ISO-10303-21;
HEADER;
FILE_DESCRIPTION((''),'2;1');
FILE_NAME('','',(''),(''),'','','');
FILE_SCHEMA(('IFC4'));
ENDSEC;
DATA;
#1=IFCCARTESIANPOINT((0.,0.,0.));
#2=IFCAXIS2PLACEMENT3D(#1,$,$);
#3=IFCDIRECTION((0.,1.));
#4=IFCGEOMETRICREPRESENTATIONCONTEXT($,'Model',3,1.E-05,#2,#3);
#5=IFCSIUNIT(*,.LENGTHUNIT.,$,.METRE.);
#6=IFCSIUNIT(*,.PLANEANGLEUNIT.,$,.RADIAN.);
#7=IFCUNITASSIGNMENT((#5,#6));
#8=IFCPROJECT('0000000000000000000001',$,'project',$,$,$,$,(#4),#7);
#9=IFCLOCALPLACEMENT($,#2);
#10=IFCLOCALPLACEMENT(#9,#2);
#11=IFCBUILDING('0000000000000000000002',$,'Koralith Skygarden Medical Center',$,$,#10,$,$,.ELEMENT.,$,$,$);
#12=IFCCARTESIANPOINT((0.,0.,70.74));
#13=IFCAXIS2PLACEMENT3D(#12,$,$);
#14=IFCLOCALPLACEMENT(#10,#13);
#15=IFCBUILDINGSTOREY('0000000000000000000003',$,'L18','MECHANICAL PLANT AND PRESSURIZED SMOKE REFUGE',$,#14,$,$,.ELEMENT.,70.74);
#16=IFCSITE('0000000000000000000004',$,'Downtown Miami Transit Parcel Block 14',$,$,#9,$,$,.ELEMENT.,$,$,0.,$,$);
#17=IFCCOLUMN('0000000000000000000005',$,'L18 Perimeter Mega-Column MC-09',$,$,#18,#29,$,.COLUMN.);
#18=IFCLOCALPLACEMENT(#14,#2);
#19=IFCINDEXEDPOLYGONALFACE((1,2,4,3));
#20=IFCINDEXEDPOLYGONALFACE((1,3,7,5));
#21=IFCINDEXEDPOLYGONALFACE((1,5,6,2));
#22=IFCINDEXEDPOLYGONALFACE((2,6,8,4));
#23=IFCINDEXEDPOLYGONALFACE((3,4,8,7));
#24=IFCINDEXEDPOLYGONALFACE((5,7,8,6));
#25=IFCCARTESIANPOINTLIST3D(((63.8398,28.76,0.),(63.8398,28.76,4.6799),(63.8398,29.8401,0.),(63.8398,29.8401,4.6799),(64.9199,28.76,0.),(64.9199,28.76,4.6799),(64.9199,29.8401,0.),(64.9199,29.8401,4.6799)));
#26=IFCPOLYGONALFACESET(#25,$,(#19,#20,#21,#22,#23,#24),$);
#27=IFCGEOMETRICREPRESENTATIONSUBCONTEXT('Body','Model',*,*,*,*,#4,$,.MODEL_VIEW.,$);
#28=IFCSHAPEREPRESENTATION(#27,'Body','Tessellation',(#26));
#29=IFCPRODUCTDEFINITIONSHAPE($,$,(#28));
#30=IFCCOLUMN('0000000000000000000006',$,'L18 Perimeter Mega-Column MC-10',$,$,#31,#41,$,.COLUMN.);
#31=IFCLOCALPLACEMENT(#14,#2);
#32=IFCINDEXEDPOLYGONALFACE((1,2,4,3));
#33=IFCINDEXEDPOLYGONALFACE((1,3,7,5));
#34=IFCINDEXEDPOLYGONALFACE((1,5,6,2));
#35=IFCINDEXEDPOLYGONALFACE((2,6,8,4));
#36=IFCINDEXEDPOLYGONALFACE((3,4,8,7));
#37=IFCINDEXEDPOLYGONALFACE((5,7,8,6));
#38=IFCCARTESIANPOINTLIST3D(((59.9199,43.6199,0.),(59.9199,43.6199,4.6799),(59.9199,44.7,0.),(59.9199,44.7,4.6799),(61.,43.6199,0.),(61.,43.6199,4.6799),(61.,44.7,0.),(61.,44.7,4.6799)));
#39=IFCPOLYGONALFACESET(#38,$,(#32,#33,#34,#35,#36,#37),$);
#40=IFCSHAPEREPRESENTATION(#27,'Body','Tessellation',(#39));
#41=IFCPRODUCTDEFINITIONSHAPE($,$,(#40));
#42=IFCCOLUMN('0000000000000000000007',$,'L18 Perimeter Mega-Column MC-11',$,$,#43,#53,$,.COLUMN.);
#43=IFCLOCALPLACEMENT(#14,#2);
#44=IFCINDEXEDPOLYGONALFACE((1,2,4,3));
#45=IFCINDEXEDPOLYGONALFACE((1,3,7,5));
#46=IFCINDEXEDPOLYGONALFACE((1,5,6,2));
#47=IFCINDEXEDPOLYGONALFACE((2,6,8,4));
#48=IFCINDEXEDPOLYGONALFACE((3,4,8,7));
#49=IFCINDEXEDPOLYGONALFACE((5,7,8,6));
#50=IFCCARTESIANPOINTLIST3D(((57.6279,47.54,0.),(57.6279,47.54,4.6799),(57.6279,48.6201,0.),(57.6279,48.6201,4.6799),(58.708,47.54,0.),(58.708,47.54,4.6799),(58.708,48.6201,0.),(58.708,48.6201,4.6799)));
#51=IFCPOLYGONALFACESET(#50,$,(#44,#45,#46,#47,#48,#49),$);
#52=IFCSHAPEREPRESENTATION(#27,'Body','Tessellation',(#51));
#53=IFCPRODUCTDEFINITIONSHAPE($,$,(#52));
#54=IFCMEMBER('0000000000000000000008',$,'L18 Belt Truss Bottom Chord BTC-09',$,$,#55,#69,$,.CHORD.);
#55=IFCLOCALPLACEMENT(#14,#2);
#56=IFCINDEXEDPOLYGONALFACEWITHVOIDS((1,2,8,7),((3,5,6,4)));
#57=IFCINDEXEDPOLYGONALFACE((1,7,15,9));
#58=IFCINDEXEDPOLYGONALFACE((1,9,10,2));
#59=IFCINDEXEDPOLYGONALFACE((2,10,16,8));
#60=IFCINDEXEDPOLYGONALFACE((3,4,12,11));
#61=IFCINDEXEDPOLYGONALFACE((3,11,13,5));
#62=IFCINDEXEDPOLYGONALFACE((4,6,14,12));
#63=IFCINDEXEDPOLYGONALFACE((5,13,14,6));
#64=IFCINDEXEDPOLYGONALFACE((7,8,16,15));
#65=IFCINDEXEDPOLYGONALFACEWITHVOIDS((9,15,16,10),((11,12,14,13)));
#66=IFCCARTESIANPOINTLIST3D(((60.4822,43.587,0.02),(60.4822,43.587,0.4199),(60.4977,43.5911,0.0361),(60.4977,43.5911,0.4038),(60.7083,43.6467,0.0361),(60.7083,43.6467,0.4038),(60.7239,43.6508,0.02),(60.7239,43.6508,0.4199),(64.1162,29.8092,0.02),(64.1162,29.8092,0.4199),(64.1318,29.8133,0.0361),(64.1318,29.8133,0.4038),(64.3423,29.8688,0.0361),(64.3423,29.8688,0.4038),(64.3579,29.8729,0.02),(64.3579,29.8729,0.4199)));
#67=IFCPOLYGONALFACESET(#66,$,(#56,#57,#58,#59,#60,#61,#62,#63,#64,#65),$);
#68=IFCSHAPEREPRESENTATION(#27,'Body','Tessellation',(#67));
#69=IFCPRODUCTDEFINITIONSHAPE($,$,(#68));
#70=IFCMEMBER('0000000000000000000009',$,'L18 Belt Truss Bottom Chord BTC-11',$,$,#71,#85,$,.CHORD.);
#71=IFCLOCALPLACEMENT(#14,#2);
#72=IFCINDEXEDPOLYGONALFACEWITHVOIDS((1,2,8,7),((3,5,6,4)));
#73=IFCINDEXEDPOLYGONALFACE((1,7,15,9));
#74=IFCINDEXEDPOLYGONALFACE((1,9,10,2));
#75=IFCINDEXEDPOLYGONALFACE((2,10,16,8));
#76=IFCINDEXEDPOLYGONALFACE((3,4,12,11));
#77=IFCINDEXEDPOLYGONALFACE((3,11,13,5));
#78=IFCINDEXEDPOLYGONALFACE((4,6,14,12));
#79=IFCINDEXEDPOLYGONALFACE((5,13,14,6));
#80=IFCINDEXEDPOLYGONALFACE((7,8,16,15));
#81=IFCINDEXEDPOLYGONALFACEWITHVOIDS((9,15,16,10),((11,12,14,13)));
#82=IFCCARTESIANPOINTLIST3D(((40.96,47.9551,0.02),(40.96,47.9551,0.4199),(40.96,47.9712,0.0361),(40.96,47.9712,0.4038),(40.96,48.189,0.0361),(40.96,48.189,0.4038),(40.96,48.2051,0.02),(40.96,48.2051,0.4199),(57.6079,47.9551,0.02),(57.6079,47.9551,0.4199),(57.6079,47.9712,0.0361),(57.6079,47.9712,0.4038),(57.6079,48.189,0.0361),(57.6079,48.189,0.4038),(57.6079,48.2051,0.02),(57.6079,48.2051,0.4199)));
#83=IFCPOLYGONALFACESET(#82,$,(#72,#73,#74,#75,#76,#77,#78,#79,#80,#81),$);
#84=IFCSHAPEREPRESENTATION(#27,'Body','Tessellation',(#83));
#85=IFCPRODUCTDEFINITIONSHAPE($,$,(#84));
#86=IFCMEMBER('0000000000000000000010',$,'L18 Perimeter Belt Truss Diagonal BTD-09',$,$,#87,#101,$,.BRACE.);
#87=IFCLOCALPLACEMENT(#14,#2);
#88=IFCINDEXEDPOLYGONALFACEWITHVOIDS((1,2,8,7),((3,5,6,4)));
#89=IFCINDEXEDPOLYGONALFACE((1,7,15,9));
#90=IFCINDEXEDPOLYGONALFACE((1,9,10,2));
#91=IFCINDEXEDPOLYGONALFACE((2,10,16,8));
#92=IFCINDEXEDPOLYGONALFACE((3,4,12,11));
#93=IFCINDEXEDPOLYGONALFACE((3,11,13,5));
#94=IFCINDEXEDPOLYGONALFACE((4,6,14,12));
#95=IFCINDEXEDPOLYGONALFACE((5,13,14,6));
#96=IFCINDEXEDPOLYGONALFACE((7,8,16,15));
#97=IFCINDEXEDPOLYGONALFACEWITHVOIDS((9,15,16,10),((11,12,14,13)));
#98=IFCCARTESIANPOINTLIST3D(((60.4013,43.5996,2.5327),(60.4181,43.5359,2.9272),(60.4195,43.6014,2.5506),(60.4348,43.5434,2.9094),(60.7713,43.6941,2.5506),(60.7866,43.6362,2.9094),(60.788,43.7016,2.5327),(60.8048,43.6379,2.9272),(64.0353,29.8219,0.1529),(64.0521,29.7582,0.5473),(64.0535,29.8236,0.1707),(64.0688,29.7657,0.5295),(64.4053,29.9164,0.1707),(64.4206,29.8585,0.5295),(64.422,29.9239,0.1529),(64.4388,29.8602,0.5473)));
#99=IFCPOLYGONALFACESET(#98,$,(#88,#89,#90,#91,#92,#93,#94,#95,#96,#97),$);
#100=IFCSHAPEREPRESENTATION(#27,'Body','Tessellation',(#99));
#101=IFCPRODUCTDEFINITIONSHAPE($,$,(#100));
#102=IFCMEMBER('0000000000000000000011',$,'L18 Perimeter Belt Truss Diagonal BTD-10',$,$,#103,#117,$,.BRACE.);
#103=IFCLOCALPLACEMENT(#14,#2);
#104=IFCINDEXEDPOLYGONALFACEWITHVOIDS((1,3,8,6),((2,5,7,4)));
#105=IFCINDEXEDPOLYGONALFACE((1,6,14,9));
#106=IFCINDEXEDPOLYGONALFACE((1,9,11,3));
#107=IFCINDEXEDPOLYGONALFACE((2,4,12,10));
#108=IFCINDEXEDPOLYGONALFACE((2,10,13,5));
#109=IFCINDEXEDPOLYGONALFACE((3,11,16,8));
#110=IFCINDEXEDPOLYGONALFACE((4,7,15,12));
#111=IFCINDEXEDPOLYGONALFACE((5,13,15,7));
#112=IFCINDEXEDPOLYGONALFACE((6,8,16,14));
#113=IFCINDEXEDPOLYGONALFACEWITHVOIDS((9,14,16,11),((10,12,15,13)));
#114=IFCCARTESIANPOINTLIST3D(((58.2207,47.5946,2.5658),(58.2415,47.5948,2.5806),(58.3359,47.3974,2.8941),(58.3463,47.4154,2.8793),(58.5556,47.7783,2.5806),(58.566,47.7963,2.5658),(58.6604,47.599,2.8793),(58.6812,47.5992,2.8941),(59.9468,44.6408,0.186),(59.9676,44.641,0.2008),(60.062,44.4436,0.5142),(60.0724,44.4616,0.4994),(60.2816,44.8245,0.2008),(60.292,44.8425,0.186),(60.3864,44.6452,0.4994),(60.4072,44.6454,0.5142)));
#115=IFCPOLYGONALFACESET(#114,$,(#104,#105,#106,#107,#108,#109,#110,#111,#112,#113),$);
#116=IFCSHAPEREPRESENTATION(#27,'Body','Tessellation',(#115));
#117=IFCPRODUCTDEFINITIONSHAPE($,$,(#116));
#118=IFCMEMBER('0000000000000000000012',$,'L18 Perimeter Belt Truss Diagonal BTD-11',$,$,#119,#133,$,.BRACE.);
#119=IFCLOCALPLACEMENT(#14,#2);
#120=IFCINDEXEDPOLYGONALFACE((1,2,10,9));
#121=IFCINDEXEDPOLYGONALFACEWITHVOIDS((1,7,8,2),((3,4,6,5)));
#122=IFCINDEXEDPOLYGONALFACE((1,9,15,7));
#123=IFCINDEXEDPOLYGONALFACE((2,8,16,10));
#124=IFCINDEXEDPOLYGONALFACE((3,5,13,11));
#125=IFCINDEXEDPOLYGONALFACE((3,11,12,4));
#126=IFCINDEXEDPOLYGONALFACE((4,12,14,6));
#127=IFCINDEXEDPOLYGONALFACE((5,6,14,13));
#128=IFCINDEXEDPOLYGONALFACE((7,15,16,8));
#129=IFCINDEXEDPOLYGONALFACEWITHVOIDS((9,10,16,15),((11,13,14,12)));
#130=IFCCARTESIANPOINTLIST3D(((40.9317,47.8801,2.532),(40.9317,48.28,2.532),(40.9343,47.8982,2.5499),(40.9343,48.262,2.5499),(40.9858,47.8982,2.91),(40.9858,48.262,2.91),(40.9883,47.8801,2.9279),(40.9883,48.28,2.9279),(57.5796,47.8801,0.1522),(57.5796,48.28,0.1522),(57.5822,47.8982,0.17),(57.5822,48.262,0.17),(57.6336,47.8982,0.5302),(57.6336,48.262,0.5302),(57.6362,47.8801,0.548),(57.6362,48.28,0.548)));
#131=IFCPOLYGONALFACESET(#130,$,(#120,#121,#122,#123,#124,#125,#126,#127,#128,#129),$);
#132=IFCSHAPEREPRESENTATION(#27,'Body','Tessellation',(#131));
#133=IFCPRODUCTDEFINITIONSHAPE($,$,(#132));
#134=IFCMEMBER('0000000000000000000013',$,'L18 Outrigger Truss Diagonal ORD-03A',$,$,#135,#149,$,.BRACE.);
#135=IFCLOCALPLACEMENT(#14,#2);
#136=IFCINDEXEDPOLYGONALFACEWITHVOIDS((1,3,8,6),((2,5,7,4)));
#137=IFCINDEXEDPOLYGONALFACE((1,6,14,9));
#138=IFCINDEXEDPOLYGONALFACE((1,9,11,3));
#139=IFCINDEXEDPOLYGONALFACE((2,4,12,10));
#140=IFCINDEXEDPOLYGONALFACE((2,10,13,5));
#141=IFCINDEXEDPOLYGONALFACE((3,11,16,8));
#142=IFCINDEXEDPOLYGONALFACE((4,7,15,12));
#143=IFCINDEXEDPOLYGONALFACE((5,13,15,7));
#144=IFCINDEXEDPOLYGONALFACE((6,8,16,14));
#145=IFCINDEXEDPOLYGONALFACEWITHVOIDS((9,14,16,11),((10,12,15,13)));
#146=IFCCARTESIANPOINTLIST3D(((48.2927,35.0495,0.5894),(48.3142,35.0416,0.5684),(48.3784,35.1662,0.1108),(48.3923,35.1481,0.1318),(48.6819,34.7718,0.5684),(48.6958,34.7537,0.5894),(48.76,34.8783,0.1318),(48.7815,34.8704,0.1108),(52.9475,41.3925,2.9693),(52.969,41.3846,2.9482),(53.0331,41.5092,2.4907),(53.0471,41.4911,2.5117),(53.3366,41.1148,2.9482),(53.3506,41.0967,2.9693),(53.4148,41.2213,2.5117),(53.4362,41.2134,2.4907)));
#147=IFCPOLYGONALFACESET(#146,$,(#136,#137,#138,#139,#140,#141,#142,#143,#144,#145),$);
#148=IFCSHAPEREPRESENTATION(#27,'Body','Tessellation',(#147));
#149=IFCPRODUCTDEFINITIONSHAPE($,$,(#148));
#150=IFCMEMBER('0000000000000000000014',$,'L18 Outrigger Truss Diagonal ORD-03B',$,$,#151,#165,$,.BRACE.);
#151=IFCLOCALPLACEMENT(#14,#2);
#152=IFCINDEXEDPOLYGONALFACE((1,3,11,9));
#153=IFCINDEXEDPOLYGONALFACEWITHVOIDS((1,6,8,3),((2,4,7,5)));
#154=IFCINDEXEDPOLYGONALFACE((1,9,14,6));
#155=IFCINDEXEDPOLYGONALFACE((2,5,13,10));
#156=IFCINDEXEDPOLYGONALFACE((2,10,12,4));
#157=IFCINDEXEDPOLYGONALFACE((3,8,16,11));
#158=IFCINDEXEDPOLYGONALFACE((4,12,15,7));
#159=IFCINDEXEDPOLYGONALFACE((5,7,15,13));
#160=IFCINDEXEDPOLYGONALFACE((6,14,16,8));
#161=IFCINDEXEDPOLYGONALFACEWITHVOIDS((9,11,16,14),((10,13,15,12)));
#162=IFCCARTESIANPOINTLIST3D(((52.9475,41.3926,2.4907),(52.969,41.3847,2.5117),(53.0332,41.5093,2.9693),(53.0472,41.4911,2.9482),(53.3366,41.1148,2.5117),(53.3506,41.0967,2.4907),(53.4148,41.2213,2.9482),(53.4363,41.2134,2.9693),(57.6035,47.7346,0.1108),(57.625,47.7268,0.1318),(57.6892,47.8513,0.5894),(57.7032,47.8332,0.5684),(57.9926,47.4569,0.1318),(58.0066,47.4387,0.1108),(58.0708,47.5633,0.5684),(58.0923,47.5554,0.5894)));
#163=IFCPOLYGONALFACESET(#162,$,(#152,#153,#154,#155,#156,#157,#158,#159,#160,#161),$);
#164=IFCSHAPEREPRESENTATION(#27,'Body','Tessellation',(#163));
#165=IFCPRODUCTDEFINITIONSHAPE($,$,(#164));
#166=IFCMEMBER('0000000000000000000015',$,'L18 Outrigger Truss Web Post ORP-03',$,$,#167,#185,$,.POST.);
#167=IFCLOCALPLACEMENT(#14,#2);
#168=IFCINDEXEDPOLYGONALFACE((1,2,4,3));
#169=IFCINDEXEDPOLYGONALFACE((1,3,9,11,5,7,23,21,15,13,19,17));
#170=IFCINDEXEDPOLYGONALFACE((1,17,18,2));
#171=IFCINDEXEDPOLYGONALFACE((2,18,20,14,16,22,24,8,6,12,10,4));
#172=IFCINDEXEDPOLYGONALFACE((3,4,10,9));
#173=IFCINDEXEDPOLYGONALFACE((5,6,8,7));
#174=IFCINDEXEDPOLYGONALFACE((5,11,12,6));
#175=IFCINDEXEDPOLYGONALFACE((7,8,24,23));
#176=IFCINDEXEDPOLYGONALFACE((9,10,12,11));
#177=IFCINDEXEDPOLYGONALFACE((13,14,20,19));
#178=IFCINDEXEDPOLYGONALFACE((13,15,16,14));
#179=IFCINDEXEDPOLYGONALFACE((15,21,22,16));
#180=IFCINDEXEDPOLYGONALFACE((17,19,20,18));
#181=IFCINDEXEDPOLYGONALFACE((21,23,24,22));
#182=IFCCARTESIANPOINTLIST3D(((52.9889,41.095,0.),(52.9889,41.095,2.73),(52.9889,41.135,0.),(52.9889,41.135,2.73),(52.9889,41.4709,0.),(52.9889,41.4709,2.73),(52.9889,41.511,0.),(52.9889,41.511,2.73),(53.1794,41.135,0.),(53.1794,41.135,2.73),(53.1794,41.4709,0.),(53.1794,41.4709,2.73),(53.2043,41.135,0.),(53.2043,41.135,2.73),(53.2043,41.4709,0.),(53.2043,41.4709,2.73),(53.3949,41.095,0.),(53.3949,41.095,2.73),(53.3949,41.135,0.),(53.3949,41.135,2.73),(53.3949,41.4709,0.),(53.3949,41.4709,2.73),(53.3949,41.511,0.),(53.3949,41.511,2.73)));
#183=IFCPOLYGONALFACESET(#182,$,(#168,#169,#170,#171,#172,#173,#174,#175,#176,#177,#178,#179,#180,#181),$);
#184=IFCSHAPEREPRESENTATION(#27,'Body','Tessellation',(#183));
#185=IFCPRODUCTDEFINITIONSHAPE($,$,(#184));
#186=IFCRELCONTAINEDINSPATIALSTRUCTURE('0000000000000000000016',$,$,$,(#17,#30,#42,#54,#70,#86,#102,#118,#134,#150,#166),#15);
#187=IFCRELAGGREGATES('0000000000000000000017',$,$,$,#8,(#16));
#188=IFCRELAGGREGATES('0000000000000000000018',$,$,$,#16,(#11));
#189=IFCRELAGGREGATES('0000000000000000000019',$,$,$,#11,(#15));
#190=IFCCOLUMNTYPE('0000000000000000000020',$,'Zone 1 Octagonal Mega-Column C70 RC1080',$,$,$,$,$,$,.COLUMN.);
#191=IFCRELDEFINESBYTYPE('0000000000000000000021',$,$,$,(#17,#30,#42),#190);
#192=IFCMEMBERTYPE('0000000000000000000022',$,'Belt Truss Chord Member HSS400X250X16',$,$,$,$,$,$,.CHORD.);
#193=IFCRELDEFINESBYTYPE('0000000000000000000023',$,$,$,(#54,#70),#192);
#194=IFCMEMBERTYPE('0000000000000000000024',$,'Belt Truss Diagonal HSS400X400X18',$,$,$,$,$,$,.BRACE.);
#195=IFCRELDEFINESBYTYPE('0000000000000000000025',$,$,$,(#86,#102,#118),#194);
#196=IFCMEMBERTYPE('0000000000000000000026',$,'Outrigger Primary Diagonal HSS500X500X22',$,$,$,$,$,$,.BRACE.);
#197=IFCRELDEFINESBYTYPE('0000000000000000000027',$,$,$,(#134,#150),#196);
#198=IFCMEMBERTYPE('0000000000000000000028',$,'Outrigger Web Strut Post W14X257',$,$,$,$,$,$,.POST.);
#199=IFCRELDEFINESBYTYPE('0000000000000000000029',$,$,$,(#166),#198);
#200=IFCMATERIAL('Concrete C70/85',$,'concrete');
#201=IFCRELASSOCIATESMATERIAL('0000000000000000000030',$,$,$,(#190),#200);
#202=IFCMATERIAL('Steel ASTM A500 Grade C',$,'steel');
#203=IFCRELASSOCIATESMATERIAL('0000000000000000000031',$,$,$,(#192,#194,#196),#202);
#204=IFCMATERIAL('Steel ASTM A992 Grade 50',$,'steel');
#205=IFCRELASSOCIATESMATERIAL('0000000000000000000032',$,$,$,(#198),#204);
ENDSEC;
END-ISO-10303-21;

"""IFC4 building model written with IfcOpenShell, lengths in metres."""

from ifc_helpers import new_model, si_unit, direction, frame, origin, origin_2d, place, context, subcontext, project, spatial, rectangle, hollow_rectangle, i_section, extrude, material, material_profile, profile_set, type_object, element, save


model = new_model("IFC4")

# Units and contexts
model_context = context("Model", 3, precision=1e-05, world=origin(), true_north=direction((0.0, 1.0)))
body_context = subcontext(model_context, "Body", "Model", "MODEL_VIEW")
ifc_project = project(units=[si_unit("LENGTHUNIT", "METRE"), si_unit("PLANEANGLEUNIT", "RADIAN")], contexts=[model_context])

# Site, building, storey
site_placement = place(None, origin())
site = spatial("IfcSite", under=ifc_project, at=site_placement, Name="Downtown Miami Transit Parcel Block 14", CompositionType="ELEMENT", RefElevation=0.0)
building_placement = place(site_placement, origin())
building = spatial("IfcBuilding", under=site, at=building_placement, Name="Koralith Skygarden Medical Center", CompositionType="ELEMENT")
storey_placement = place(building_placement, frame((0.0, 0.0, 70.74)))
storey = spatial("IfcBuildingStorey", under=building, at=storey_placement, Name="L18", Description="MECHANICAL PLANT AND PRESSURIZED SMOKE REFUGE", CompositionType="ELEMENT", Elevation=70.74)

# Columns
ifc_material_1 = material(Name="Concrete C70/85", Category="concrete")
ifc_material_profile_1 = material_profile(ifc_material_1, rectangle(XDim=1.0801, YDim=1.0801, at=origin_2d()), Name="RC1080X1080")
ifc_profile_set_1 = profile_set([ifc_material_profile_1], Name="Concrete C70/85")
column_type = type_object("IfcColumnType", Name="Zone 1 Octagonal Mega-Column C70 RC1080", PredefinedType="COLUMN", material=ifc_profile_set_1)
for number, where, z_axis, x_axis, name in (
    (1, (64.3799, 29.3, 0.0), (0.0, 0.0, 1.0), (1.0, 0.0, 0.0), "L18 Perimeter Mega-Column MC-09"),
    (2, (60.46, 44.1599, 0.0), (0.0, 0.0, 1.0), (1.0, 0.0, 0.0), "L18 Perimeter Mega-Column MC-10"),
    (3, (58.168, 48.0801, 0.0), (0.0, 0.0, 1.0), (1.0, 0.0, 0.0), "L18 Perimeter Mega-Column MC-11"),
):
    element("IfcColumn", number, at=place(storey_placement, frame(where, z_axis=z_axis, x_axis=x_axis)), inside=storey, type_object=column_type, Name=name, PredefinedType="COLUMN", context=body_context, shape_type="SweptSolid", body=[
        extrude(rectangle(XDim=1.0801, YDim=1.0801, at=origin_2d()), origin(), (0.0, 0.0, 1.0), 4.6799),
    ])

# Members
ifc_material_2 = material(Name="Steel ASTM A500 Grade C", Category="steel")
ifc_material_profile_2 = material_profile(ifc_material_2, hollow_rectangle(XDim=0.25, YDim=0.3999, WallThickness=0.0161, at=origin_2d()), Name="HSS400X250X16")
ifc_profile_set_2 = profile_set([ifc_material_profile_2], Name="Steel ASTM A500 Grade C")
member_type_1 = type_object("IfcMemberType", Name="Belt Truss Chord Member HSS400X250X16", PredefinedType="CHORD", material=ifc_profile_set_2)
member_1_placement = place(storey_placement, frame((64.2371, 29.8411, 0.22), z_axis=(-0.255037, 0.966931, 0.0), x_axis=(-0.966931, -0.255037, 0.0)))
element("IfcMember", 4, at=member_1_placement, inside=storey, type_object=member_type_1, Name="L18 Belt Truss Bottom Chord BTC-09", PredefinedType="CHORD", context=body_context, shape_type="SweptSolid", body=[
    extrude(hollow_rectangle(XDim=0.25, YDim=0.3999, WallThickness=0.0161, at=origin_2d()), origin(), (0.0, 0.0, 1.0), 14.249),
])
member_2_placement = place(storey_placement, frame((57.6079, 48.0801, 0.22), z_axis=(-1.0, 0.0, 0.0), x_axis=(0.0, -1.0, 0.0)))
element("IfcMember", 5, at=member_2_placement, inside=storey, type_object=member_type_1, Name="L18 Belt Truss Bottom Chord BTC-11", PredefinedType="CHORD", context=body_context, shape_type="SweptSolid", body=[
    extrude(hollow_rectangle(XDim=0.25, YDim=0.3999, WallThickness=0.0161, at=origin_2d()), origin(), (0.0, 0.0, 1.0), 16.6479),
])
ifc_material_profile_3 = material_profile(ifc_material_2, hollow_rectangle(XDim=0.3999, YDim=0.3999, WallThickness=0.0181, at=origin_2d()), Name="HSS400X400X18")
ifc_profile_set_3 = profile_set([ifc_material_profile_3], Name="Steel ASTM A500 Grade C")
member_type_2 = type_object("IfcMemberType", Name="Belt Truss Diagonal HSS400X400X18", PredefinedType="BRACE", material=ifc_profile_set_3)
member_3_placement = place(storey_placement, frame((64.2371, 29.8411, 0.3501), z_axis=(-0.251553, 0.95372, 0.164739), x_axis=(-0.966931, -0.255037, 0.0)))
element("IfcMember", 6, at=member_3_placement, inside=storey, type_object=member_type_2, Name="L18 Perimeter Belt Truss Diagonal BTD-09", PredefinedType="BRACE", context=body_context, shape_type="SweptSolid", body=[
    extrude(hollow_rectangle(XDim=0.3999, YDim=0.3999, WallThickness=0.0181, at=origin_2d()), origin(), (0.0, 0.0, 1.0), 14.4463),
])
member_4_placement = place(storey_placement, frame((60.177, 44.6431, 0.3501), z_axis=(-0.41417, 0.708776, 0.571051), x_axis=(-0.863398, -0.504523, 0.0)))
element("IfcMember", 7, at=member_4_placement, inside=storey, type_object=member_type_2, Name="L18 Perimeter Belt Truss Diagonal BTD-10", PredefinedType="BRACE", context=body_context, shape_type="SweptSolid", body=[
    extrude(hollow_rectangle(XDim=0.3999, YDim=0.3999, WallThickness=0.0181, at=origin_2d()), origin(), (0.0, 0.0, 1.0), 4.1675),
])
member_5_placement = place(storey_placement, frame((57.6079, 48.0801, 0.3501), z_axis=(-0.989936, 0.0, 0.141515), x_axis=(0.0, -1.0, 0.0)))
element("IfcMember", 8, at=member_5_placement, inside=storey, type_object=member_type_2, Name="L18 Perimeter Belt Truss Diagonal BTD-11", PredefinedType="BRACE", context=body_context, shape_type="SweptSolid", body=[
    extrude(hollow_rectangle(XDim=0.3999, YDim=0.3999, WallThickness=0.0181, at=origin_2d()), origin(), (0.0, 0.0, 1.0), 16.8171),
])
ifc_material_profile_4 = material_profile(ifc_material_2, hollow_rectangle(XDim=0.5, YDim=0.5, WallThickness=0.022, at=origin_2d()), Name="HSS500X500X22")
ifc_profile_set_4 = profile_set([ifc_material_profile_4], Name="Steel ASTM A500 Grade C")
member_type_3 = type_object("IfcMemberType", Name="Outrigger Primary Diagonal HSS500X500X22", PredefinedType="BRACE", material=ifc_profile_set_4)
for number, where, z_axis, x_axis, name in (
    (9, (48.5371, 34.96, 0.3501), (0.566291, 0.771678, 0.289531), (-0.806209, 0.591631, 0.0), "L18 Outrigger Truss Diagonal ORD-03A"),
    (10, (53.1919, 41.303, 2.73), (0.566444, 0.771565, -0.289533), (-0.806091, 0.591791, 0.0), "L18 Outrigger Truss Diagonal ORD-03B"),
):
    element("IfcMember", number, at=place(storey_placement, frame(where, z_axis=z_axis, x_axis=x_axis)), inside=storey, type_object=member_type_3, Name=name, PredefinedType="BRACE", context=body_context, shape_type="SweptSolid", body=[
        extrude(hollow_rectangle(XDim=0.5, YDim=0.5, WallThickness=0.022, at=origin_2d()), origin(), (0.0, 0.0, 1.0), 8.2197),
    ])
ifc_material_3 = material(Name="Steel ASTM A992 Grade 50", Category="steel")
ifc_material_profile_5 = material_profile(ifc_material_3, i_section(OverallWidth=0.406, OverallDepth=0.416, WebThickness=0.0249, FlangeThickness=0.04, at=origin_2d()), Name="W14X257")
ifc_profile_set_5 = profile_set([ifc_material_profile_5], Name="Steel ASTM A992 Grade 50")
member_type_4 = type_object("IfcMemberType", Name="Outrigger Web Strut Post W14X257", PredefinedType="POST", material=ifc_profile_set_5)
member_6_placement = place(storey_placement, frame((53.1919, 41.303, 0.0), z_axis=(0.0, 0.0, 1.0), x_axis=(1.0, 0.0, 0.0)))
element("IfcMember", 11, at=member_6_placement, inside=storey, type_object=member_type_4, Name="L18 Outrigger Truss Web Post ORP-03", PredefinedType="POST", context=body_context, shape_type="SweptSolid", body=[
    extrude(i_section(OverallWidth=0.406, OverallDepth=0.416, WebThickness=0.0249, FlangeThickness=0.04, at=origin_2d()), origin(), (0.0, 0.0, 1.0), 2.73),
])

save(model, "model.ifc")
